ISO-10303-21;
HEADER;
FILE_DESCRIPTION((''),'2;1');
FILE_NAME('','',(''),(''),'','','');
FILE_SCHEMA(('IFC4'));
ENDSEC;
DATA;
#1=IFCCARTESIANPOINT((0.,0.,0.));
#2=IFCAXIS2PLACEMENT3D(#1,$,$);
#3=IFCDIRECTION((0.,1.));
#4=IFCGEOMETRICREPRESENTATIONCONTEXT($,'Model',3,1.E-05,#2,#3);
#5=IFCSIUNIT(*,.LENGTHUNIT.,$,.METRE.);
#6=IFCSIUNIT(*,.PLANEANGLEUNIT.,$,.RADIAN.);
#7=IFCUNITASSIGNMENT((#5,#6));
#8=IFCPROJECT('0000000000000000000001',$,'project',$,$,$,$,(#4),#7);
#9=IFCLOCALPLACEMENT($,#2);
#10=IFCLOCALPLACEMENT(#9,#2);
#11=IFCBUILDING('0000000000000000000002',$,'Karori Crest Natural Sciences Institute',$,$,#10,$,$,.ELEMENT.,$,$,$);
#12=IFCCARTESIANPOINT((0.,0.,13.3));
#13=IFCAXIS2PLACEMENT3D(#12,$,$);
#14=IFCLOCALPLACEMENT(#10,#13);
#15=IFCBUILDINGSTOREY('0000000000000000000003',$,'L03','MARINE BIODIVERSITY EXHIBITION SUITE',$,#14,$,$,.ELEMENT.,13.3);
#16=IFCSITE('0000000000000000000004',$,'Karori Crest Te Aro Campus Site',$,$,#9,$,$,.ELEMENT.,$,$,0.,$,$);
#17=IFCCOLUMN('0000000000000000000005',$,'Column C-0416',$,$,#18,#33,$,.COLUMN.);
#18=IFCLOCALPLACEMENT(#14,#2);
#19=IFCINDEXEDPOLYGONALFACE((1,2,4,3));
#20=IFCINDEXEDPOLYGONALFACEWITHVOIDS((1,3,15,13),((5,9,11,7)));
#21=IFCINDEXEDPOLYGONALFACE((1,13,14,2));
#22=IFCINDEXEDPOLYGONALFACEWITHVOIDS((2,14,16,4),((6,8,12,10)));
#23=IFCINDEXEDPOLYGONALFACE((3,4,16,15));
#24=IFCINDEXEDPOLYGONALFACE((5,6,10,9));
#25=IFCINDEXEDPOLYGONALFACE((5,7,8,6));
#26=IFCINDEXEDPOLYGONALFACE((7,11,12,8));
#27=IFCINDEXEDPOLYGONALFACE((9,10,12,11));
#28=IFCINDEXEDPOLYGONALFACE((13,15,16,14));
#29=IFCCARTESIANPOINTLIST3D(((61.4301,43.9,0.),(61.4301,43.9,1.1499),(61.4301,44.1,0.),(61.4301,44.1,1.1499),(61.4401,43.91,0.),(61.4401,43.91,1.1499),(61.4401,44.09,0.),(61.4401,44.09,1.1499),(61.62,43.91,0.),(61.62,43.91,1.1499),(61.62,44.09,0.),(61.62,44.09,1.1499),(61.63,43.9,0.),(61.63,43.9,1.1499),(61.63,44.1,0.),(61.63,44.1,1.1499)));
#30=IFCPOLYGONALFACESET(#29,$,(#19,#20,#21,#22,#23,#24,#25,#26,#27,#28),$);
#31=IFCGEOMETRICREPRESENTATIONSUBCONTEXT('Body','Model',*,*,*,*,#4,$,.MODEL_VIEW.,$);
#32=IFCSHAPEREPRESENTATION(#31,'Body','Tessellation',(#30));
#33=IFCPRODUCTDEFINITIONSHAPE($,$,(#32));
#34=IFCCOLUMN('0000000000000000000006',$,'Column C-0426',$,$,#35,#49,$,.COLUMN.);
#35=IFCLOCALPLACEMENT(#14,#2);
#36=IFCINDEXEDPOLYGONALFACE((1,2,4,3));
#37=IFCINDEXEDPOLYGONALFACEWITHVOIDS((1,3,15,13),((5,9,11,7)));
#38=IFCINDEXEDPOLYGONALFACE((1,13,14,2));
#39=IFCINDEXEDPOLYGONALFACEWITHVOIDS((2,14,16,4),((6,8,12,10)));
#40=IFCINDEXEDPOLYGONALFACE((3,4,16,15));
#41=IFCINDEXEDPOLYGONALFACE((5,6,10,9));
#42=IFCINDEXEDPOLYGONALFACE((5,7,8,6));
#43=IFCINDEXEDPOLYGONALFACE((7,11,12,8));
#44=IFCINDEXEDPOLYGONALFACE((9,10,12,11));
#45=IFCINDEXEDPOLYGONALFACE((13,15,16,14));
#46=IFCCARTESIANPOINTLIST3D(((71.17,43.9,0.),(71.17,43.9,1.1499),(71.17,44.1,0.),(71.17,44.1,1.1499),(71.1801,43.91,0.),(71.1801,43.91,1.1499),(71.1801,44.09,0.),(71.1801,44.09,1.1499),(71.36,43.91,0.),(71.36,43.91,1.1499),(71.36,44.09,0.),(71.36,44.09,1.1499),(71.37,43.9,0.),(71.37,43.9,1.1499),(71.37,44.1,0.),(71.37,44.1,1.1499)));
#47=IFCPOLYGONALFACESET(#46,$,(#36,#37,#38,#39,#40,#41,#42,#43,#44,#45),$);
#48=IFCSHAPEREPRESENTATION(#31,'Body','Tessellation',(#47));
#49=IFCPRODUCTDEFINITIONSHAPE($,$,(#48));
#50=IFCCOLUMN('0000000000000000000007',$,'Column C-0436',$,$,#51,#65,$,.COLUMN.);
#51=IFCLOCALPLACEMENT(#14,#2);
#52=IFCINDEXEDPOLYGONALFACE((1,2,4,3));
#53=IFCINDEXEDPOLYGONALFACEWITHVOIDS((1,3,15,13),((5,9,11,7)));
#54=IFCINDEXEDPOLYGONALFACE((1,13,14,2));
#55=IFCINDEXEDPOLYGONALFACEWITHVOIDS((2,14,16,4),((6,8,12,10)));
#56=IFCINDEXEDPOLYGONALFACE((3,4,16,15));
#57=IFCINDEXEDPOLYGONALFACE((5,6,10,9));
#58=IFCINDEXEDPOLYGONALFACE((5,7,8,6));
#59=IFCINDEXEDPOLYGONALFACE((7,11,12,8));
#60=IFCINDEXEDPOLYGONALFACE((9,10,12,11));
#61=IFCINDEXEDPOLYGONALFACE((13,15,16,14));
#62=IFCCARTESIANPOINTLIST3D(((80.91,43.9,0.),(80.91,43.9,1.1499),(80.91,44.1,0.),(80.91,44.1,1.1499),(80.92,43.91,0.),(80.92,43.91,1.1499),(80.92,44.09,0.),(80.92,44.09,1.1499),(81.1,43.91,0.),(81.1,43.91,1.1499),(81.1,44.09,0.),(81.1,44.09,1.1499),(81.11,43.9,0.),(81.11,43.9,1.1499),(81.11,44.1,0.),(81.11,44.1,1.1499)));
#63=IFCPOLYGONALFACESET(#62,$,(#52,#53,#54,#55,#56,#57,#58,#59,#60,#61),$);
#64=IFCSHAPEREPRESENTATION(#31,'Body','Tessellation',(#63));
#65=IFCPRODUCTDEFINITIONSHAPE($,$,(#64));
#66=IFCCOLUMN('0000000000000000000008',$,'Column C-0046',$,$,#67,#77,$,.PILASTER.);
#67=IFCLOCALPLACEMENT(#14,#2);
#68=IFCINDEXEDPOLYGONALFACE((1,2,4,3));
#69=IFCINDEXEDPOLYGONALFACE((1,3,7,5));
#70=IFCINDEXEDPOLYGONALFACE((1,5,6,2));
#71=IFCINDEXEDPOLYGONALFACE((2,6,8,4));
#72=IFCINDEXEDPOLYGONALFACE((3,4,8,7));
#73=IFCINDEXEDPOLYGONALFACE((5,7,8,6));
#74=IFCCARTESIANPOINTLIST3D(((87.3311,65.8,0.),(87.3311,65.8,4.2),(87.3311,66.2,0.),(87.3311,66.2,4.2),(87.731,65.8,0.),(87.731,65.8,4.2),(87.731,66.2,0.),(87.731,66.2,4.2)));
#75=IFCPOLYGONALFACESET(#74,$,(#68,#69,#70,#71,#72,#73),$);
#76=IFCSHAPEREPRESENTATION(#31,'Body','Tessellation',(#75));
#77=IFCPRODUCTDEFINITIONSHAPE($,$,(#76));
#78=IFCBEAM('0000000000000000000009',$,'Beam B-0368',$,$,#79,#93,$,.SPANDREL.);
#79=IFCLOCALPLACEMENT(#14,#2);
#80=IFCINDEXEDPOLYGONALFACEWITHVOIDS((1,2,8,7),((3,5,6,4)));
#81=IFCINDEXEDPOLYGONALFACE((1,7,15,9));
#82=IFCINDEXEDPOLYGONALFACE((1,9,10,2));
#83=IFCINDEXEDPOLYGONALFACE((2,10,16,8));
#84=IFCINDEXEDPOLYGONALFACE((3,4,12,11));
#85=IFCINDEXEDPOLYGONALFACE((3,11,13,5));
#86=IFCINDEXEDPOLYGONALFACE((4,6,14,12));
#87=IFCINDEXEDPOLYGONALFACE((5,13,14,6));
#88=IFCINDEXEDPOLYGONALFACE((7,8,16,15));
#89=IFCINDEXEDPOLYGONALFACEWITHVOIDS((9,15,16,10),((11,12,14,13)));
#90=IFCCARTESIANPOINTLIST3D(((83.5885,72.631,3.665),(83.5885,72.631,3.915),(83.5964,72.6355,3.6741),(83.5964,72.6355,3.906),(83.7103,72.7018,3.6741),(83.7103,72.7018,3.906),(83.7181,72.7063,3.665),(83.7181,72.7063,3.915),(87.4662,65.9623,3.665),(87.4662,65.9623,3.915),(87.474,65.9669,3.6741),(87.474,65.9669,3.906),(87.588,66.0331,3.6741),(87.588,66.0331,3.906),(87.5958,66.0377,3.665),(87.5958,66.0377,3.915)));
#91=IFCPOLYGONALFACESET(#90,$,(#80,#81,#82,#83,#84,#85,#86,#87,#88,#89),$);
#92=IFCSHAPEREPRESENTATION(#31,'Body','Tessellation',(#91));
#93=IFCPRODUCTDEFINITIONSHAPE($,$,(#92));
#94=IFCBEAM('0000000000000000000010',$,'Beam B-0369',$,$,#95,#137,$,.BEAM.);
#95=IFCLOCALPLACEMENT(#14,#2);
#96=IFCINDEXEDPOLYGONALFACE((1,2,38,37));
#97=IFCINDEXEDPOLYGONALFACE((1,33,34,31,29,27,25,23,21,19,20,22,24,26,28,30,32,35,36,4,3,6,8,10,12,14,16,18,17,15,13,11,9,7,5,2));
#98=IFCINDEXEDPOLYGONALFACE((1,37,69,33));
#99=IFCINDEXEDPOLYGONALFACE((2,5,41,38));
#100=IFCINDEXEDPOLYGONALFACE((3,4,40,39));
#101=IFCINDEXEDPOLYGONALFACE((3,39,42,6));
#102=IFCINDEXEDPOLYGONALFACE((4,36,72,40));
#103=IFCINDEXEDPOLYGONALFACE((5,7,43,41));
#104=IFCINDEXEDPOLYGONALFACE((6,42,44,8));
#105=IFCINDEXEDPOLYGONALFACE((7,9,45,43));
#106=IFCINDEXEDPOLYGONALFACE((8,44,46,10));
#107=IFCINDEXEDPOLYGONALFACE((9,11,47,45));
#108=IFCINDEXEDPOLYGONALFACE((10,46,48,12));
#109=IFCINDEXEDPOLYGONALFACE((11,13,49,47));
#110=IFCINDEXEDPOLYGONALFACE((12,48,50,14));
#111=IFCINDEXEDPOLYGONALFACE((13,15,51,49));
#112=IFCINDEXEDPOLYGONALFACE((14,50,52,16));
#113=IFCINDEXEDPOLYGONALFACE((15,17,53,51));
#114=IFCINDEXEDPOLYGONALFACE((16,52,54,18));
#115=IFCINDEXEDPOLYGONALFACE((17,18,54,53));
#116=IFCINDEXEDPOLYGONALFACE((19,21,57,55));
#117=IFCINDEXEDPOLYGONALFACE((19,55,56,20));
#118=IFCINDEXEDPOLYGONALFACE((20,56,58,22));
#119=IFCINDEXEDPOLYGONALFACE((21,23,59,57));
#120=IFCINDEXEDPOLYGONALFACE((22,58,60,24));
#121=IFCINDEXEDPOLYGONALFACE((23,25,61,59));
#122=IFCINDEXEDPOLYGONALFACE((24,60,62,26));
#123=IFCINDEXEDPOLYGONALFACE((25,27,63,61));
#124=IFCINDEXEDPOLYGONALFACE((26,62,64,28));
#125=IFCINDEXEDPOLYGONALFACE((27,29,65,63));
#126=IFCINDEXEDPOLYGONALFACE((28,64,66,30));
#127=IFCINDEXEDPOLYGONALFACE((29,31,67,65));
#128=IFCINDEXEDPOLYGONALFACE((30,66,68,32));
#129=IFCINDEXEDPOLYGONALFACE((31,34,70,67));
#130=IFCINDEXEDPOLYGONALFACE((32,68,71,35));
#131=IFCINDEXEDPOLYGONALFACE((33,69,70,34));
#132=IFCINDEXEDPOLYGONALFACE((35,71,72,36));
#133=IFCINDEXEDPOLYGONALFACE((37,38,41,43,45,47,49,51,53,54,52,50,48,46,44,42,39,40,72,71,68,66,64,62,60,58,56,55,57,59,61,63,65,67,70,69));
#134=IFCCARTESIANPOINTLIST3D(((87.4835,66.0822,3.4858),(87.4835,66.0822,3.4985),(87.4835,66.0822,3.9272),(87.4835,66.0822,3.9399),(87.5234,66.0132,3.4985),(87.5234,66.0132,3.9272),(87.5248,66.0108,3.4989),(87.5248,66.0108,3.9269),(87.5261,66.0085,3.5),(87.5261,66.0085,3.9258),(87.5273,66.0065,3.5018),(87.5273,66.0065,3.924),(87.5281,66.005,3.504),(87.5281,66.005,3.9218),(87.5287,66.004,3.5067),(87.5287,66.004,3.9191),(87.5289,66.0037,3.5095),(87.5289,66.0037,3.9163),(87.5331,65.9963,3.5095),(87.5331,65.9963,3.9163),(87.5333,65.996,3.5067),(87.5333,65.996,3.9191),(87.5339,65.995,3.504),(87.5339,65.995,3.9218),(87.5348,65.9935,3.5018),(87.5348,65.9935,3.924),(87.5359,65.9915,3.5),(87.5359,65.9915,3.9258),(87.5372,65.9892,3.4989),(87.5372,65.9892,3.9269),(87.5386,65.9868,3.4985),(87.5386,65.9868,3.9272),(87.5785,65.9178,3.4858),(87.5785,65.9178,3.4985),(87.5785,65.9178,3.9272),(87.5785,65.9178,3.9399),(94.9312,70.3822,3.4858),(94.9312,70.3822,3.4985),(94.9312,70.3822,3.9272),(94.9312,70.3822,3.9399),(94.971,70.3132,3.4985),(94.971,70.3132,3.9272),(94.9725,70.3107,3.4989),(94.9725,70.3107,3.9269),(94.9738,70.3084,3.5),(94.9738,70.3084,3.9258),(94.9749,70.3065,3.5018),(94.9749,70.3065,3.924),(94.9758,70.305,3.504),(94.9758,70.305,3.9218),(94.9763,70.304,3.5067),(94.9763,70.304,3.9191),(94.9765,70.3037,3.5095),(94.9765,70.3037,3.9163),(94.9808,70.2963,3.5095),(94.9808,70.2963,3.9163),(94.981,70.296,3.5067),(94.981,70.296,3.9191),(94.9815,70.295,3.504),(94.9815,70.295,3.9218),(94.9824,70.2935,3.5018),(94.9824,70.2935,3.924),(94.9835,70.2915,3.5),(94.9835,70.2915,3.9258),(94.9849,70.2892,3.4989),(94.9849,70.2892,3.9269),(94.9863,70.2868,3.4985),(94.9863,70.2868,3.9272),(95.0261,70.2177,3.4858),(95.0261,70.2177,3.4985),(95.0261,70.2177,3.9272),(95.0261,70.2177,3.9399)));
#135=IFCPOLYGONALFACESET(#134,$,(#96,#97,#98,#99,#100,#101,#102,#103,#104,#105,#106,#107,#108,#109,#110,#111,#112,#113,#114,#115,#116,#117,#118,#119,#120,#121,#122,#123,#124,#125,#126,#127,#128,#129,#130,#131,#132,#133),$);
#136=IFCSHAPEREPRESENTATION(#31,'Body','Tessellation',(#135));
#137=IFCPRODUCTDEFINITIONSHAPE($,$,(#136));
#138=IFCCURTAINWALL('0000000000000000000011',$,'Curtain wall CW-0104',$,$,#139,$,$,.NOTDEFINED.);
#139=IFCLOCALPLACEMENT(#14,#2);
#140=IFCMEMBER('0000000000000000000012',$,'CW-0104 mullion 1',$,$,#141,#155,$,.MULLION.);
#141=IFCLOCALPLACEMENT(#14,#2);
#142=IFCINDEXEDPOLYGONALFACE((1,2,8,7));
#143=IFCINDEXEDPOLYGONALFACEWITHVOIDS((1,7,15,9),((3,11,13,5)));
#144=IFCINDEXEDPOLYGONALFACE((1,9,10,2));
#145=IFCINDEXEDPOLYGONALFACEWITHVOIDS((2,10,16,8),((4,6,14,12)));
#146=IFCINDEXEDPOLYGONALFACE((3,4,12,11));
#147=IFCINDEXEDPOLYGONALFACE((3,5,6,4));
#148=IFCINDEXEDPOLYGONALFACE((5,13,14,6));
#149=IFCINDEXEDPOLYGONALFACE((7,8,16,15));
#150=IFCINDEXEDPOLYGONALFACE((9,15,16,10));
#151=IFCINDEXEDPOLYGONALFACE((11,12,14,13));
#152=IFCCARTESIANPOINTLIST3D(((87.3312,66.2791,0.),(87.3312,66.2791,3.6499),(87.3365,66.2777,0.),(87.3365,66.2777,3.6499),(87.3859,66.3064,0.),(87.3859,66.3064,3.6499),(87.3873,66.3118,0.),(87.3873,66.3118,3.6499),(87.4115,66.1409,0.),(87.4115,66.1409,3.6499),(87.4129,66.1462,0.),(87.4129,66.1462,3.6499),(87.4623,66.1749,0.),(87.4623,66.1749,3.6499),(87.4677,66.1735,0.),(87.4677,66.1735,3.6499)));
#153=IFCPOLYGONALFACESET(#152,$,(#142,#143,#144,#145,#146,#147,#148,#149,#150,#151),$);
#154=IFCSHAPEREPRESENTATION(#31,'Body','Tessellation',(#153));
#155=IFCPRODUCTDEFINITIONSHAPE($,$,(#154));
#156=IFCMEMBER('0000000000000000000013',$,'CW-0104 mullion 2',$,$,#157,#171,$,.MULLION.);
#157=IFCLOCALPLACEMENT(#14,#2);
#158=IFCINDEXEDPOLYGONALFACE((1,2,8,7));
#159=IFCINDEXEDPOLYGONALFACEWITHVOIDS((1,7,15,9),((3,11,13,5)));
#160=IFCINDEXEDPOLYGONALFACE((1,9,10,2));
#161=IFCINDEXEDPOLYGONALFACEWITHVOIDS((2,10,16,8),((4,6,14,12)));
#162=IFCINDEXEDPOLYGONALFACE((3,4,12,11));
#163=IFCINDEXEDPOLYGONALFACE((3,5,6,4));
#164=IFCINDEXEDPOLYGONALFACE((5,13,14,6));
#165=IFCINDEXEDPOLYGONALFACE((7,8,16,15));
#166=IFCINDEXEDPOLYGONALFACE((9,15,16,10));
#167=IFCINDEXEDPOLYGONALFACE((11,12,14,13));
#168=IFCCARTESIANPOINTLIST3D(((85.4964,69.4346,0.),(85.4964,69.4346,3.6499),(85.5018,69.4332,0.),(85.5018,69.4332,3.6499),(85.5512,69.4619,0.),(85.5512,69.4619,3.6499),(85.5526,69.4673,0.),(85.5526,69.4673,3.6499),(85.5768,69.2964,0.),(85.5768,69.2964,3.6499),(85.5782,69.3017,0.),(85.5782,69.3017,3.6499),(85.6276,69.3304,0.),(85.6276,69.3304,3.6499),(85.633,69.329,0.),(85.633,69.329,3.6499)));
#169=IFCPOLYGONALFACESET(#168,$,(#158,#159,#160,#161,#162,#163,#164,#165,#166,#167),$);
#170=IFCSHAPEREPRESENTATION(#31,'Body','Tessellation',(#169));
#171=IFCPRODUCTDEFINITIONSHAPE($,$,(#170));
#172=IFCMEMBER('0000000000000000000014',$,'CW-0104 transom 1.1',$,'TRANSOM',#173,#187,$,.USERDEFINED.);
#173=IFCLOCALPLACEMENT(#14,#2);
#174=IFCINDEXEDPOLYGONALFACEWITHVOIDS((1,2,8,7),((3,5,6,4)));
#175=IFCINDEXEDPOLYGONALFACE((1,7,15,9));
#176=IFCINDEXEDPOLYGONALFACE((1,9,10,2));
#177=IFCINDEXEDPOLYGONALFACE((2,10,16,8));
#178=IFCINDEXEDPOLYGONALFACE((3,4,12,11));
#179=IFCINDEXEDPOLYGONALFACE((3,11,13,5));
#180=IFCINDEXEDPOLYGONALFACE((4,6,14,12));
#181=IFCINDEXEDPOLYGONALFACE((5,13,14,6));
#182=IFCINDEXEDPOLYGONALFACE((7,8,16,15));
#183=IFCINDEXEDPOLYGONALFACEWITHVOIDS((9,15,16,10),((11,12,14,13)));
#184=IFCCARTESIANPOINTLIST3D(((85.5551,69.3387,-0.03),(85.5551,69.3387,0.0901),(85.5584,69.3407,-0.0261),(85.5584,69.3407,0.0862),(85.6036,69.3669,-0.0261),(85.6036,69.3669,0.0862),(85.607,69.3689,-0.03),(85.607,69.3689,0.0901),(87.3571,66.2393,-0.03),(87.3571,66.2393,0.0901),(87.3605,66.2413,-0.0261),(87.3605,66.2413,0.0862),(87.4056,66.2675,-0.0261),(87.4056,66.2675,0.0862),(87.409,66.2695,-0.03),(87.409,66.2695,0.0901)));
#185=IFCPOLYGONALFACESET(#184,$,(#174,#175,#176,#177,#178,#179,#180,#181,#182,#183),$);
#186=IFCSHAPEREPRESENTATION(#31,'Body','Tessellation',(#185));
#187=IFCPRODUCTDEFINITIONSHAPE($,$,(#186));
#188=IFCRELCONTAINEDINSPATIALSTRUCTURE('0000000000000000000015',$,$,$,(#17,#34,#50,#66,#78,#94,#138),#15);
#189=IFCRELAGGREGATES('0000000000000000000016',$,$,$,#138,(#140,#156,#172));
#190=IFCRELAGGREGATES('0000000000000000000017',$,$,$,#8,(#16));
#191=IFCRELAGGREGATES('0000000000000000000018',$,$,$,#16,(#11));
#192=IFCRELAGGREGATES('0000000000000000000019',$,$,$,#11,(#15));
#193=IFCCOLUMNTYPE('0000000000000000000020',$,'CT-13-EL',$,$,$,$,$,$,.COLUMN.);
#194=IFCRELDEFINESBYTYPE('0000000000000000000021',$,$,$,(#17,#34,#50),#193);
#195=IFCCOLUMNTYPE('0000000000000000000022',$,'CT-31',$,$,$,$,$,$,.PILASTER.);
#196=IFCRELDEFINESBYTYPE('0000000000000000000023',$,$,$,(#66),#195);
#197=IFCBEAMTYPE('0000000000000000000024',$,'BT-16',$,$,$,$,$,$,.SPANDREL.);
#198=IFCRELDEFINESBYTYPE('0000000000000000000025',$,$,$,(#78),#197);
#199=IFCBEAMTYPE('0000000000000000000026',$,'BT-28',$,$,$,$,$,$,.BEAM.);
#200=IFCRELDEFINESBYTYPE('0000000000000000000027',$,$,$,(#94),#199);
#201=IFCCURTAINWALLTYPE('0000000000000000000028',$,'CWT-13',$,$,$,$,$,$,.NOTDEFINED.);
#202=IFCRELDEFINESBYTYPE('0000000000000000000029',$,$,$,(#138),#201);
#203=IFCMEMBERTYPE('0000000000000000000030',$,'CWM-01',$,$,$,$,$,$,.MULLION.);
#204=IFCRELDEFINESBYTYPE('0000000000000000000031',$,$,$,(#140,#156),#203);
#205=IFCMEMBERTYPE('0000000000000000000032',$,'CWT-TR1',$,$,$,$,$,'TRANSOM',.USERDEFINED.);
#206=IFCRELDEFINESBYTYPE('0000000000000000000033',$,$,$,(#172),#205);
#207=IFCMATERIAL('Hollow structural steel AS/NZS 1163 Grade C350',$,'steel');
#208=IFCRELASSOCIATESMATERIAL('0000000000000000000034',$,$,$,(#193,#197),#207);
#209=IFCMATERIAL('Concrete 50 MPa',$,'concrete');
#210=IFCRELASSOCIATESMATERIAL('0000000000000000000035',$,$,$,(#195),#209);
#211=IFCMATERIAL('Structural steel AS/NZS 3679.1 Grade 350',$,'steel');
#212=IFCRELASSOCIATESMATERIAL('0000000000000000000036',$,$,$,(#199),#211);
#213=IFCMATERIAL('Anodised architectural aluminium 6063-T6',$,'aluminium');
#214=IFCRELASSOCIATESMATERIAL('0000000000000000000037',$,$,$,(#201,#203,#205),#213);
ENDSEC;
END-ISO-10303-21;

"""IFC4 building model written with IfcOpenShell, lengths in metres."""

from ifc_helpers import new_model, si_unit, direction, frame, origin, origin_2d, place, context, subcontext, project, spatial, rectangle, hollow_rectangle, i_section, extrude, material, material_profile, profile_set, type_object, element, aggregate, save


model = new_model("IFC4")

# Units and contexts
model_context = context("Model", 3, precision=1e-05, world=origin(), true_north=direction((0.0, 1.0)))
body_context = subcontext(model_context, "Body", "Model", "MODEL_VIEW")
ifc_project = project(units=[si_unit("LENGTHUNIT", "METRE"), si_unit("PLANEANGLEUNIT", "RADIAN")], contexts=[model_context])

# Site, building, storey
site_placement = place(None, origin())
site = spatial("IfcSite", under=ifc_project, at=site_placement, Name="Karori Crest Te Aro Campus Site", CompositionType="ELEMENT", RefElevation=0.0)
building_placement = place(site_placement, origin())
building = spatial("IfcBuilding", under=site, at=building_placement, Name="Karori Crest Natural Sciences Institute", CompositionType="ELEMENT")
storey_placement = place(building_placement, frame((0.0, 0.0, 13.3)))
storey = spatial("IfcBuildingStorey", under=building, at=storey_placement, Name="L03", Description="MARINE BIODIVERSITY EXHIBITION SUITE", CompositionType="ELEMENT", Elevation=13.3)

# Columns
ifc_material_1 = material(Name="Hollow structural steel AS/NZS 1163 Grade C350", Category="steel")
ifc_material_profile_1 = material_profile(ifc_material_1, hollow_rectangle(XDim=0.2, YDim=0.2, WallThickness=0.01, at=origin_2d()), Name="SHS200x200x10")
ifc_profile_set_1 = profile_set([ifc_material_profile_1], Name="Hollow structural steel AS/NZS 1163 Grade C350")
column_type_1 = type_object("IfcColumnType", Name="CT-13-EL", PredefinedType="COLUMN", material=ifc_profile_set_1)
for number, where, z_axis, x_axis, name in (
    (1, (61.53, 44.0, 0.0), (0.0, 0.0, 1.0), (1.0, 0.0, 0.0), "Column C-0416"),
    (2, (71.27, 44.0, 0.0), (0.0, 0.0, 1.0), (1.0, 0.0, 0.0), "Column C-0426"),
    (3, (81.01, 44.0, 0.0), (0.0, 0.0, 1.0), (1.0, 0.0, 0.0), "Column C-0436"),
):
    element("IfcColumn", number, at=place(storey_placement, frame(where, z_axis=z_axis, x_axis=x_axis)), inside=storey, type_object=column_type_1, Name=name, PredefinedType="COLUMN", context=body_context, shape_type="SweptSolid", body=[
        extrude(hollow_rectangle(XDim=0.2, YDim=0.2, WallThickness=0.01, at=origin_2d()), origin(), (0.0, 0.0, 1.0), 1.1499),
    ])
ifc_material_2 = material(Name="Concrete 50 MPa", Category="concrete")
ifc_material_profile_2 = material_profile(ifc_material_2, rectangle(XDim=0.3999, YDim=0.3999, at=origin_2d()), Name="RC400x400")
ifc_profile_set_2 = profile_set([ifc_material_profile_2], Name="Concrete 50 MPa")
column_type_2 = type_object("IfcColumnType", Name="CT-31", PredefinedType="PILASTER", material=ifc_profile_set_2)
column_placement = place(storey_placement, frame((87.531, 66.0, 0.0), z_axis=(0.0, 0.0, 1.0), x_axis=(1.0, 0.0, 0.0)))
element("IfcColumn", 4, at=column_placement, inside=storey, type_object=column_type_2, Name="Column C-0046", PredefinedType="PILASTER", context=body_context, shape_type="SweptSolid", body=[
    extrude(rectangle(XDim=0.3999, YDim=0.3999, at=origin_2d()), origin(), (0.0, 0.0, 1.0), 4.2),
])

# Beams
ifc_material_profile_3 = material_profile(ifc_material_1, hollow_rectangle(XDim=0.1499, YDim=0.25, WallThickness=0.009, at=origin_2d()), Name="RHS250x150x9")
ifc_profile_set_3 = profile_set([ifc_material_profile_3], Name="Hollow structural steel AS/NZS 1163 Grade C350")
beam_type_1 = type_object("IfcBeamType", Name="BT-16", PredefinedType="SPANDREL", material=ifc_profile_set_3)
beam_1_placement = place(storey_placement, frame((87.531, 66.0, 3.79), z_axis=(-0.502672, 0.864477, 0.0), x_axis=(-0.864477, -0.502672, 0.0)))
element("IfcBeam", 5, at=beam_1_placement, inside=storey, type_object=beam_type_1, Name="Beam B-0368", PredefinedType="SPANDREL", context=body_context, shape_type="SweptSolid", body=[
    extrude(hollow_rectangle(XDim=0.1499, YDim=0.25, WallThickness=0.009, at=origin_2d()), origin(), (0.0, 0.0, 1.0), 7.7141),
])
ifc_material_3 = material(Name="Structural steel AS/NZS 3679.1 Grade 350", Category="steel")
ifc_material_profile_4 = material_profile(ifc_material_3, i_section(OverallWidth=0.1899, OverallDepth=0.4541, WebThickness=0.0085, FlangeThickness=0.0127, FilletRadius=0.011, at=origin_2d()), Name="460UB67.1")
ifc_profile_set_4 = profile_set([ifc_material_profile_4], Name="Structural steel AS/NZS 3679.1 Grade 350")
beam_type_2 = type_object("IfcBeamType", Name="BT-28", PredefinedType="BEAM", material=ifc_profile_set_4)
beam_2_placement = place(storey_placement, frame((87.531, 66.0, 3.7129), z_axis=(0.866021, 0.500008, 0.0), x_axis=(-0.500008, 0.866021, 0.0)))
element("IfcBeam", 6, at=beam_2_placement, inside=storey, type_object=beam_type_2, Name="Beam B-0369", PredefinedType="BEAM", context=body_context, shape_type="SweptSolid", body=[
    extrude(i_section(OverallWidth=0.1899, OverallDepth=0.4541, WebThickness=0.0085, FlangeThickness=0.0127, FilletRadius=0.011, at=origin_2d()), origin(), (0.0, 0.0, 1.0), 8.5999),
])

# Curtain wall, members
ifc_material_4 = material(Name="Anodised architectural aluminium 6063-T6", Category="aluminium")
curtain_wall_type = type_object("IfcCurtainWallType", Name="CWT-13", PredefinedType="NOTDEFINED", material=ifc_material_4)
curtain_wall_placement = place(storey_placement, origin())
curtain_wall = element("IfcCurtainWall", 7, at=curtain_wall_placement, inside=storey, type_object=curtain_wall_type, Name="Curtain wall CW-0104", PredefinedType="NOTDEFINED")
ifc_material_profile_5 = material_profile(ifc_material_4, hollow_rectangle(XDim=0.0649, YDim=0.1599, WallThickness=0.0039, at=origin_2d()), Name="CWM160x65x4")
ifc_profile_set_5 = profile_set([ifc_material_profile_5], Name="Anodised architectural aluminium 6063-T6")
member_type_1 = type_object("IfcMemberType", Name="CWM-01", PredefinedType="MULLION", material=ifc_profile_set_5)
member_1_placement = place(storey_placement, frame((87.3994, 66.2263, 0.0), z_axis=(0.0, 0.0, 1.0), x_axis=(-0.864487, -0.502655, 0.0)))
member_1 = element("IfcMember", 8, at=member_1_placement, type_object=member_type_1, Name="CW-0104 mullion 1", PredefinedType="MULLION", context=body_context, shape_type="SweptSolid", body=[
    extrude(hollow_rectangle(XDim=0.0649, YDim=0.1599, WallThickness=0.0039, at=origin_2d()), origin(), (0.0, 0.0, 1.0), 3.6499),
])
member_2_placement = place(storey_placement, frame((85.5647, 69.3818, 0.0), z_axis=(0.0, 0.0, 1.0), x_axis=(-0.864487, -0.502655, 0.0)))
member_2 = element("IfcMember", 9, at=member_2_placement, type_object=member_type_1, Name="CW-0104 mullion 2", PredefinedType="MULLION", context=body_context, shape_type="SweptSolid", body=[
    extrude(hollow_rectangle(XDim=0.0649, YDim=0.1599, WallThickness=0.0039, at=origin_2d()), origin(), (0.0, 0.0, 1.0), 3.6499),
])
ifc_material_profile_6 = material_profile(ifc_material_4, hollow_rectangle(XDim=0.0601, YDim=0.1201, WallThickness=0.0039, at=origin_2d()), Name="CWT120x60x4")
ifc_profile_set_6 = profile_set([ifc_material_profile_6], Name="Anodised architectural aluminium 6063-T6")
member_type_2 = type_object("IfcMemberType", Name="CWT-TR1", ElementType="TRANSOM", PredefinedType="USERDEFINED", material=ifc_profile_set_6)
member_3_placement = place(storey_placement, frame((87.3831, 66.2544, 0.03), z_axis=(-0.50263, 0.864502, 0.0), x_axis=(-0.864502, -0.50263, 0.0)))
member_3 = element("IfcMember", 10, at=member_3_placement, type_object=member_type_2, Name="CW-0104 transom 1.1", ObjectType="TRANSOM", PredefinedType="USERDEFINED", context=body_context, shape_type="SweptSolid", body=[
    extrude(hollow_rectangle(XDim=0.0601, YDim=0.1201, WallThickness=0.0039, at=origin_2d()), origin(), (0.0, 0.0, 1.0), 3.5852),
])
aggregate(curtain_wall, [member_1, member_2, member_3])

save(model, "model.ifc")
